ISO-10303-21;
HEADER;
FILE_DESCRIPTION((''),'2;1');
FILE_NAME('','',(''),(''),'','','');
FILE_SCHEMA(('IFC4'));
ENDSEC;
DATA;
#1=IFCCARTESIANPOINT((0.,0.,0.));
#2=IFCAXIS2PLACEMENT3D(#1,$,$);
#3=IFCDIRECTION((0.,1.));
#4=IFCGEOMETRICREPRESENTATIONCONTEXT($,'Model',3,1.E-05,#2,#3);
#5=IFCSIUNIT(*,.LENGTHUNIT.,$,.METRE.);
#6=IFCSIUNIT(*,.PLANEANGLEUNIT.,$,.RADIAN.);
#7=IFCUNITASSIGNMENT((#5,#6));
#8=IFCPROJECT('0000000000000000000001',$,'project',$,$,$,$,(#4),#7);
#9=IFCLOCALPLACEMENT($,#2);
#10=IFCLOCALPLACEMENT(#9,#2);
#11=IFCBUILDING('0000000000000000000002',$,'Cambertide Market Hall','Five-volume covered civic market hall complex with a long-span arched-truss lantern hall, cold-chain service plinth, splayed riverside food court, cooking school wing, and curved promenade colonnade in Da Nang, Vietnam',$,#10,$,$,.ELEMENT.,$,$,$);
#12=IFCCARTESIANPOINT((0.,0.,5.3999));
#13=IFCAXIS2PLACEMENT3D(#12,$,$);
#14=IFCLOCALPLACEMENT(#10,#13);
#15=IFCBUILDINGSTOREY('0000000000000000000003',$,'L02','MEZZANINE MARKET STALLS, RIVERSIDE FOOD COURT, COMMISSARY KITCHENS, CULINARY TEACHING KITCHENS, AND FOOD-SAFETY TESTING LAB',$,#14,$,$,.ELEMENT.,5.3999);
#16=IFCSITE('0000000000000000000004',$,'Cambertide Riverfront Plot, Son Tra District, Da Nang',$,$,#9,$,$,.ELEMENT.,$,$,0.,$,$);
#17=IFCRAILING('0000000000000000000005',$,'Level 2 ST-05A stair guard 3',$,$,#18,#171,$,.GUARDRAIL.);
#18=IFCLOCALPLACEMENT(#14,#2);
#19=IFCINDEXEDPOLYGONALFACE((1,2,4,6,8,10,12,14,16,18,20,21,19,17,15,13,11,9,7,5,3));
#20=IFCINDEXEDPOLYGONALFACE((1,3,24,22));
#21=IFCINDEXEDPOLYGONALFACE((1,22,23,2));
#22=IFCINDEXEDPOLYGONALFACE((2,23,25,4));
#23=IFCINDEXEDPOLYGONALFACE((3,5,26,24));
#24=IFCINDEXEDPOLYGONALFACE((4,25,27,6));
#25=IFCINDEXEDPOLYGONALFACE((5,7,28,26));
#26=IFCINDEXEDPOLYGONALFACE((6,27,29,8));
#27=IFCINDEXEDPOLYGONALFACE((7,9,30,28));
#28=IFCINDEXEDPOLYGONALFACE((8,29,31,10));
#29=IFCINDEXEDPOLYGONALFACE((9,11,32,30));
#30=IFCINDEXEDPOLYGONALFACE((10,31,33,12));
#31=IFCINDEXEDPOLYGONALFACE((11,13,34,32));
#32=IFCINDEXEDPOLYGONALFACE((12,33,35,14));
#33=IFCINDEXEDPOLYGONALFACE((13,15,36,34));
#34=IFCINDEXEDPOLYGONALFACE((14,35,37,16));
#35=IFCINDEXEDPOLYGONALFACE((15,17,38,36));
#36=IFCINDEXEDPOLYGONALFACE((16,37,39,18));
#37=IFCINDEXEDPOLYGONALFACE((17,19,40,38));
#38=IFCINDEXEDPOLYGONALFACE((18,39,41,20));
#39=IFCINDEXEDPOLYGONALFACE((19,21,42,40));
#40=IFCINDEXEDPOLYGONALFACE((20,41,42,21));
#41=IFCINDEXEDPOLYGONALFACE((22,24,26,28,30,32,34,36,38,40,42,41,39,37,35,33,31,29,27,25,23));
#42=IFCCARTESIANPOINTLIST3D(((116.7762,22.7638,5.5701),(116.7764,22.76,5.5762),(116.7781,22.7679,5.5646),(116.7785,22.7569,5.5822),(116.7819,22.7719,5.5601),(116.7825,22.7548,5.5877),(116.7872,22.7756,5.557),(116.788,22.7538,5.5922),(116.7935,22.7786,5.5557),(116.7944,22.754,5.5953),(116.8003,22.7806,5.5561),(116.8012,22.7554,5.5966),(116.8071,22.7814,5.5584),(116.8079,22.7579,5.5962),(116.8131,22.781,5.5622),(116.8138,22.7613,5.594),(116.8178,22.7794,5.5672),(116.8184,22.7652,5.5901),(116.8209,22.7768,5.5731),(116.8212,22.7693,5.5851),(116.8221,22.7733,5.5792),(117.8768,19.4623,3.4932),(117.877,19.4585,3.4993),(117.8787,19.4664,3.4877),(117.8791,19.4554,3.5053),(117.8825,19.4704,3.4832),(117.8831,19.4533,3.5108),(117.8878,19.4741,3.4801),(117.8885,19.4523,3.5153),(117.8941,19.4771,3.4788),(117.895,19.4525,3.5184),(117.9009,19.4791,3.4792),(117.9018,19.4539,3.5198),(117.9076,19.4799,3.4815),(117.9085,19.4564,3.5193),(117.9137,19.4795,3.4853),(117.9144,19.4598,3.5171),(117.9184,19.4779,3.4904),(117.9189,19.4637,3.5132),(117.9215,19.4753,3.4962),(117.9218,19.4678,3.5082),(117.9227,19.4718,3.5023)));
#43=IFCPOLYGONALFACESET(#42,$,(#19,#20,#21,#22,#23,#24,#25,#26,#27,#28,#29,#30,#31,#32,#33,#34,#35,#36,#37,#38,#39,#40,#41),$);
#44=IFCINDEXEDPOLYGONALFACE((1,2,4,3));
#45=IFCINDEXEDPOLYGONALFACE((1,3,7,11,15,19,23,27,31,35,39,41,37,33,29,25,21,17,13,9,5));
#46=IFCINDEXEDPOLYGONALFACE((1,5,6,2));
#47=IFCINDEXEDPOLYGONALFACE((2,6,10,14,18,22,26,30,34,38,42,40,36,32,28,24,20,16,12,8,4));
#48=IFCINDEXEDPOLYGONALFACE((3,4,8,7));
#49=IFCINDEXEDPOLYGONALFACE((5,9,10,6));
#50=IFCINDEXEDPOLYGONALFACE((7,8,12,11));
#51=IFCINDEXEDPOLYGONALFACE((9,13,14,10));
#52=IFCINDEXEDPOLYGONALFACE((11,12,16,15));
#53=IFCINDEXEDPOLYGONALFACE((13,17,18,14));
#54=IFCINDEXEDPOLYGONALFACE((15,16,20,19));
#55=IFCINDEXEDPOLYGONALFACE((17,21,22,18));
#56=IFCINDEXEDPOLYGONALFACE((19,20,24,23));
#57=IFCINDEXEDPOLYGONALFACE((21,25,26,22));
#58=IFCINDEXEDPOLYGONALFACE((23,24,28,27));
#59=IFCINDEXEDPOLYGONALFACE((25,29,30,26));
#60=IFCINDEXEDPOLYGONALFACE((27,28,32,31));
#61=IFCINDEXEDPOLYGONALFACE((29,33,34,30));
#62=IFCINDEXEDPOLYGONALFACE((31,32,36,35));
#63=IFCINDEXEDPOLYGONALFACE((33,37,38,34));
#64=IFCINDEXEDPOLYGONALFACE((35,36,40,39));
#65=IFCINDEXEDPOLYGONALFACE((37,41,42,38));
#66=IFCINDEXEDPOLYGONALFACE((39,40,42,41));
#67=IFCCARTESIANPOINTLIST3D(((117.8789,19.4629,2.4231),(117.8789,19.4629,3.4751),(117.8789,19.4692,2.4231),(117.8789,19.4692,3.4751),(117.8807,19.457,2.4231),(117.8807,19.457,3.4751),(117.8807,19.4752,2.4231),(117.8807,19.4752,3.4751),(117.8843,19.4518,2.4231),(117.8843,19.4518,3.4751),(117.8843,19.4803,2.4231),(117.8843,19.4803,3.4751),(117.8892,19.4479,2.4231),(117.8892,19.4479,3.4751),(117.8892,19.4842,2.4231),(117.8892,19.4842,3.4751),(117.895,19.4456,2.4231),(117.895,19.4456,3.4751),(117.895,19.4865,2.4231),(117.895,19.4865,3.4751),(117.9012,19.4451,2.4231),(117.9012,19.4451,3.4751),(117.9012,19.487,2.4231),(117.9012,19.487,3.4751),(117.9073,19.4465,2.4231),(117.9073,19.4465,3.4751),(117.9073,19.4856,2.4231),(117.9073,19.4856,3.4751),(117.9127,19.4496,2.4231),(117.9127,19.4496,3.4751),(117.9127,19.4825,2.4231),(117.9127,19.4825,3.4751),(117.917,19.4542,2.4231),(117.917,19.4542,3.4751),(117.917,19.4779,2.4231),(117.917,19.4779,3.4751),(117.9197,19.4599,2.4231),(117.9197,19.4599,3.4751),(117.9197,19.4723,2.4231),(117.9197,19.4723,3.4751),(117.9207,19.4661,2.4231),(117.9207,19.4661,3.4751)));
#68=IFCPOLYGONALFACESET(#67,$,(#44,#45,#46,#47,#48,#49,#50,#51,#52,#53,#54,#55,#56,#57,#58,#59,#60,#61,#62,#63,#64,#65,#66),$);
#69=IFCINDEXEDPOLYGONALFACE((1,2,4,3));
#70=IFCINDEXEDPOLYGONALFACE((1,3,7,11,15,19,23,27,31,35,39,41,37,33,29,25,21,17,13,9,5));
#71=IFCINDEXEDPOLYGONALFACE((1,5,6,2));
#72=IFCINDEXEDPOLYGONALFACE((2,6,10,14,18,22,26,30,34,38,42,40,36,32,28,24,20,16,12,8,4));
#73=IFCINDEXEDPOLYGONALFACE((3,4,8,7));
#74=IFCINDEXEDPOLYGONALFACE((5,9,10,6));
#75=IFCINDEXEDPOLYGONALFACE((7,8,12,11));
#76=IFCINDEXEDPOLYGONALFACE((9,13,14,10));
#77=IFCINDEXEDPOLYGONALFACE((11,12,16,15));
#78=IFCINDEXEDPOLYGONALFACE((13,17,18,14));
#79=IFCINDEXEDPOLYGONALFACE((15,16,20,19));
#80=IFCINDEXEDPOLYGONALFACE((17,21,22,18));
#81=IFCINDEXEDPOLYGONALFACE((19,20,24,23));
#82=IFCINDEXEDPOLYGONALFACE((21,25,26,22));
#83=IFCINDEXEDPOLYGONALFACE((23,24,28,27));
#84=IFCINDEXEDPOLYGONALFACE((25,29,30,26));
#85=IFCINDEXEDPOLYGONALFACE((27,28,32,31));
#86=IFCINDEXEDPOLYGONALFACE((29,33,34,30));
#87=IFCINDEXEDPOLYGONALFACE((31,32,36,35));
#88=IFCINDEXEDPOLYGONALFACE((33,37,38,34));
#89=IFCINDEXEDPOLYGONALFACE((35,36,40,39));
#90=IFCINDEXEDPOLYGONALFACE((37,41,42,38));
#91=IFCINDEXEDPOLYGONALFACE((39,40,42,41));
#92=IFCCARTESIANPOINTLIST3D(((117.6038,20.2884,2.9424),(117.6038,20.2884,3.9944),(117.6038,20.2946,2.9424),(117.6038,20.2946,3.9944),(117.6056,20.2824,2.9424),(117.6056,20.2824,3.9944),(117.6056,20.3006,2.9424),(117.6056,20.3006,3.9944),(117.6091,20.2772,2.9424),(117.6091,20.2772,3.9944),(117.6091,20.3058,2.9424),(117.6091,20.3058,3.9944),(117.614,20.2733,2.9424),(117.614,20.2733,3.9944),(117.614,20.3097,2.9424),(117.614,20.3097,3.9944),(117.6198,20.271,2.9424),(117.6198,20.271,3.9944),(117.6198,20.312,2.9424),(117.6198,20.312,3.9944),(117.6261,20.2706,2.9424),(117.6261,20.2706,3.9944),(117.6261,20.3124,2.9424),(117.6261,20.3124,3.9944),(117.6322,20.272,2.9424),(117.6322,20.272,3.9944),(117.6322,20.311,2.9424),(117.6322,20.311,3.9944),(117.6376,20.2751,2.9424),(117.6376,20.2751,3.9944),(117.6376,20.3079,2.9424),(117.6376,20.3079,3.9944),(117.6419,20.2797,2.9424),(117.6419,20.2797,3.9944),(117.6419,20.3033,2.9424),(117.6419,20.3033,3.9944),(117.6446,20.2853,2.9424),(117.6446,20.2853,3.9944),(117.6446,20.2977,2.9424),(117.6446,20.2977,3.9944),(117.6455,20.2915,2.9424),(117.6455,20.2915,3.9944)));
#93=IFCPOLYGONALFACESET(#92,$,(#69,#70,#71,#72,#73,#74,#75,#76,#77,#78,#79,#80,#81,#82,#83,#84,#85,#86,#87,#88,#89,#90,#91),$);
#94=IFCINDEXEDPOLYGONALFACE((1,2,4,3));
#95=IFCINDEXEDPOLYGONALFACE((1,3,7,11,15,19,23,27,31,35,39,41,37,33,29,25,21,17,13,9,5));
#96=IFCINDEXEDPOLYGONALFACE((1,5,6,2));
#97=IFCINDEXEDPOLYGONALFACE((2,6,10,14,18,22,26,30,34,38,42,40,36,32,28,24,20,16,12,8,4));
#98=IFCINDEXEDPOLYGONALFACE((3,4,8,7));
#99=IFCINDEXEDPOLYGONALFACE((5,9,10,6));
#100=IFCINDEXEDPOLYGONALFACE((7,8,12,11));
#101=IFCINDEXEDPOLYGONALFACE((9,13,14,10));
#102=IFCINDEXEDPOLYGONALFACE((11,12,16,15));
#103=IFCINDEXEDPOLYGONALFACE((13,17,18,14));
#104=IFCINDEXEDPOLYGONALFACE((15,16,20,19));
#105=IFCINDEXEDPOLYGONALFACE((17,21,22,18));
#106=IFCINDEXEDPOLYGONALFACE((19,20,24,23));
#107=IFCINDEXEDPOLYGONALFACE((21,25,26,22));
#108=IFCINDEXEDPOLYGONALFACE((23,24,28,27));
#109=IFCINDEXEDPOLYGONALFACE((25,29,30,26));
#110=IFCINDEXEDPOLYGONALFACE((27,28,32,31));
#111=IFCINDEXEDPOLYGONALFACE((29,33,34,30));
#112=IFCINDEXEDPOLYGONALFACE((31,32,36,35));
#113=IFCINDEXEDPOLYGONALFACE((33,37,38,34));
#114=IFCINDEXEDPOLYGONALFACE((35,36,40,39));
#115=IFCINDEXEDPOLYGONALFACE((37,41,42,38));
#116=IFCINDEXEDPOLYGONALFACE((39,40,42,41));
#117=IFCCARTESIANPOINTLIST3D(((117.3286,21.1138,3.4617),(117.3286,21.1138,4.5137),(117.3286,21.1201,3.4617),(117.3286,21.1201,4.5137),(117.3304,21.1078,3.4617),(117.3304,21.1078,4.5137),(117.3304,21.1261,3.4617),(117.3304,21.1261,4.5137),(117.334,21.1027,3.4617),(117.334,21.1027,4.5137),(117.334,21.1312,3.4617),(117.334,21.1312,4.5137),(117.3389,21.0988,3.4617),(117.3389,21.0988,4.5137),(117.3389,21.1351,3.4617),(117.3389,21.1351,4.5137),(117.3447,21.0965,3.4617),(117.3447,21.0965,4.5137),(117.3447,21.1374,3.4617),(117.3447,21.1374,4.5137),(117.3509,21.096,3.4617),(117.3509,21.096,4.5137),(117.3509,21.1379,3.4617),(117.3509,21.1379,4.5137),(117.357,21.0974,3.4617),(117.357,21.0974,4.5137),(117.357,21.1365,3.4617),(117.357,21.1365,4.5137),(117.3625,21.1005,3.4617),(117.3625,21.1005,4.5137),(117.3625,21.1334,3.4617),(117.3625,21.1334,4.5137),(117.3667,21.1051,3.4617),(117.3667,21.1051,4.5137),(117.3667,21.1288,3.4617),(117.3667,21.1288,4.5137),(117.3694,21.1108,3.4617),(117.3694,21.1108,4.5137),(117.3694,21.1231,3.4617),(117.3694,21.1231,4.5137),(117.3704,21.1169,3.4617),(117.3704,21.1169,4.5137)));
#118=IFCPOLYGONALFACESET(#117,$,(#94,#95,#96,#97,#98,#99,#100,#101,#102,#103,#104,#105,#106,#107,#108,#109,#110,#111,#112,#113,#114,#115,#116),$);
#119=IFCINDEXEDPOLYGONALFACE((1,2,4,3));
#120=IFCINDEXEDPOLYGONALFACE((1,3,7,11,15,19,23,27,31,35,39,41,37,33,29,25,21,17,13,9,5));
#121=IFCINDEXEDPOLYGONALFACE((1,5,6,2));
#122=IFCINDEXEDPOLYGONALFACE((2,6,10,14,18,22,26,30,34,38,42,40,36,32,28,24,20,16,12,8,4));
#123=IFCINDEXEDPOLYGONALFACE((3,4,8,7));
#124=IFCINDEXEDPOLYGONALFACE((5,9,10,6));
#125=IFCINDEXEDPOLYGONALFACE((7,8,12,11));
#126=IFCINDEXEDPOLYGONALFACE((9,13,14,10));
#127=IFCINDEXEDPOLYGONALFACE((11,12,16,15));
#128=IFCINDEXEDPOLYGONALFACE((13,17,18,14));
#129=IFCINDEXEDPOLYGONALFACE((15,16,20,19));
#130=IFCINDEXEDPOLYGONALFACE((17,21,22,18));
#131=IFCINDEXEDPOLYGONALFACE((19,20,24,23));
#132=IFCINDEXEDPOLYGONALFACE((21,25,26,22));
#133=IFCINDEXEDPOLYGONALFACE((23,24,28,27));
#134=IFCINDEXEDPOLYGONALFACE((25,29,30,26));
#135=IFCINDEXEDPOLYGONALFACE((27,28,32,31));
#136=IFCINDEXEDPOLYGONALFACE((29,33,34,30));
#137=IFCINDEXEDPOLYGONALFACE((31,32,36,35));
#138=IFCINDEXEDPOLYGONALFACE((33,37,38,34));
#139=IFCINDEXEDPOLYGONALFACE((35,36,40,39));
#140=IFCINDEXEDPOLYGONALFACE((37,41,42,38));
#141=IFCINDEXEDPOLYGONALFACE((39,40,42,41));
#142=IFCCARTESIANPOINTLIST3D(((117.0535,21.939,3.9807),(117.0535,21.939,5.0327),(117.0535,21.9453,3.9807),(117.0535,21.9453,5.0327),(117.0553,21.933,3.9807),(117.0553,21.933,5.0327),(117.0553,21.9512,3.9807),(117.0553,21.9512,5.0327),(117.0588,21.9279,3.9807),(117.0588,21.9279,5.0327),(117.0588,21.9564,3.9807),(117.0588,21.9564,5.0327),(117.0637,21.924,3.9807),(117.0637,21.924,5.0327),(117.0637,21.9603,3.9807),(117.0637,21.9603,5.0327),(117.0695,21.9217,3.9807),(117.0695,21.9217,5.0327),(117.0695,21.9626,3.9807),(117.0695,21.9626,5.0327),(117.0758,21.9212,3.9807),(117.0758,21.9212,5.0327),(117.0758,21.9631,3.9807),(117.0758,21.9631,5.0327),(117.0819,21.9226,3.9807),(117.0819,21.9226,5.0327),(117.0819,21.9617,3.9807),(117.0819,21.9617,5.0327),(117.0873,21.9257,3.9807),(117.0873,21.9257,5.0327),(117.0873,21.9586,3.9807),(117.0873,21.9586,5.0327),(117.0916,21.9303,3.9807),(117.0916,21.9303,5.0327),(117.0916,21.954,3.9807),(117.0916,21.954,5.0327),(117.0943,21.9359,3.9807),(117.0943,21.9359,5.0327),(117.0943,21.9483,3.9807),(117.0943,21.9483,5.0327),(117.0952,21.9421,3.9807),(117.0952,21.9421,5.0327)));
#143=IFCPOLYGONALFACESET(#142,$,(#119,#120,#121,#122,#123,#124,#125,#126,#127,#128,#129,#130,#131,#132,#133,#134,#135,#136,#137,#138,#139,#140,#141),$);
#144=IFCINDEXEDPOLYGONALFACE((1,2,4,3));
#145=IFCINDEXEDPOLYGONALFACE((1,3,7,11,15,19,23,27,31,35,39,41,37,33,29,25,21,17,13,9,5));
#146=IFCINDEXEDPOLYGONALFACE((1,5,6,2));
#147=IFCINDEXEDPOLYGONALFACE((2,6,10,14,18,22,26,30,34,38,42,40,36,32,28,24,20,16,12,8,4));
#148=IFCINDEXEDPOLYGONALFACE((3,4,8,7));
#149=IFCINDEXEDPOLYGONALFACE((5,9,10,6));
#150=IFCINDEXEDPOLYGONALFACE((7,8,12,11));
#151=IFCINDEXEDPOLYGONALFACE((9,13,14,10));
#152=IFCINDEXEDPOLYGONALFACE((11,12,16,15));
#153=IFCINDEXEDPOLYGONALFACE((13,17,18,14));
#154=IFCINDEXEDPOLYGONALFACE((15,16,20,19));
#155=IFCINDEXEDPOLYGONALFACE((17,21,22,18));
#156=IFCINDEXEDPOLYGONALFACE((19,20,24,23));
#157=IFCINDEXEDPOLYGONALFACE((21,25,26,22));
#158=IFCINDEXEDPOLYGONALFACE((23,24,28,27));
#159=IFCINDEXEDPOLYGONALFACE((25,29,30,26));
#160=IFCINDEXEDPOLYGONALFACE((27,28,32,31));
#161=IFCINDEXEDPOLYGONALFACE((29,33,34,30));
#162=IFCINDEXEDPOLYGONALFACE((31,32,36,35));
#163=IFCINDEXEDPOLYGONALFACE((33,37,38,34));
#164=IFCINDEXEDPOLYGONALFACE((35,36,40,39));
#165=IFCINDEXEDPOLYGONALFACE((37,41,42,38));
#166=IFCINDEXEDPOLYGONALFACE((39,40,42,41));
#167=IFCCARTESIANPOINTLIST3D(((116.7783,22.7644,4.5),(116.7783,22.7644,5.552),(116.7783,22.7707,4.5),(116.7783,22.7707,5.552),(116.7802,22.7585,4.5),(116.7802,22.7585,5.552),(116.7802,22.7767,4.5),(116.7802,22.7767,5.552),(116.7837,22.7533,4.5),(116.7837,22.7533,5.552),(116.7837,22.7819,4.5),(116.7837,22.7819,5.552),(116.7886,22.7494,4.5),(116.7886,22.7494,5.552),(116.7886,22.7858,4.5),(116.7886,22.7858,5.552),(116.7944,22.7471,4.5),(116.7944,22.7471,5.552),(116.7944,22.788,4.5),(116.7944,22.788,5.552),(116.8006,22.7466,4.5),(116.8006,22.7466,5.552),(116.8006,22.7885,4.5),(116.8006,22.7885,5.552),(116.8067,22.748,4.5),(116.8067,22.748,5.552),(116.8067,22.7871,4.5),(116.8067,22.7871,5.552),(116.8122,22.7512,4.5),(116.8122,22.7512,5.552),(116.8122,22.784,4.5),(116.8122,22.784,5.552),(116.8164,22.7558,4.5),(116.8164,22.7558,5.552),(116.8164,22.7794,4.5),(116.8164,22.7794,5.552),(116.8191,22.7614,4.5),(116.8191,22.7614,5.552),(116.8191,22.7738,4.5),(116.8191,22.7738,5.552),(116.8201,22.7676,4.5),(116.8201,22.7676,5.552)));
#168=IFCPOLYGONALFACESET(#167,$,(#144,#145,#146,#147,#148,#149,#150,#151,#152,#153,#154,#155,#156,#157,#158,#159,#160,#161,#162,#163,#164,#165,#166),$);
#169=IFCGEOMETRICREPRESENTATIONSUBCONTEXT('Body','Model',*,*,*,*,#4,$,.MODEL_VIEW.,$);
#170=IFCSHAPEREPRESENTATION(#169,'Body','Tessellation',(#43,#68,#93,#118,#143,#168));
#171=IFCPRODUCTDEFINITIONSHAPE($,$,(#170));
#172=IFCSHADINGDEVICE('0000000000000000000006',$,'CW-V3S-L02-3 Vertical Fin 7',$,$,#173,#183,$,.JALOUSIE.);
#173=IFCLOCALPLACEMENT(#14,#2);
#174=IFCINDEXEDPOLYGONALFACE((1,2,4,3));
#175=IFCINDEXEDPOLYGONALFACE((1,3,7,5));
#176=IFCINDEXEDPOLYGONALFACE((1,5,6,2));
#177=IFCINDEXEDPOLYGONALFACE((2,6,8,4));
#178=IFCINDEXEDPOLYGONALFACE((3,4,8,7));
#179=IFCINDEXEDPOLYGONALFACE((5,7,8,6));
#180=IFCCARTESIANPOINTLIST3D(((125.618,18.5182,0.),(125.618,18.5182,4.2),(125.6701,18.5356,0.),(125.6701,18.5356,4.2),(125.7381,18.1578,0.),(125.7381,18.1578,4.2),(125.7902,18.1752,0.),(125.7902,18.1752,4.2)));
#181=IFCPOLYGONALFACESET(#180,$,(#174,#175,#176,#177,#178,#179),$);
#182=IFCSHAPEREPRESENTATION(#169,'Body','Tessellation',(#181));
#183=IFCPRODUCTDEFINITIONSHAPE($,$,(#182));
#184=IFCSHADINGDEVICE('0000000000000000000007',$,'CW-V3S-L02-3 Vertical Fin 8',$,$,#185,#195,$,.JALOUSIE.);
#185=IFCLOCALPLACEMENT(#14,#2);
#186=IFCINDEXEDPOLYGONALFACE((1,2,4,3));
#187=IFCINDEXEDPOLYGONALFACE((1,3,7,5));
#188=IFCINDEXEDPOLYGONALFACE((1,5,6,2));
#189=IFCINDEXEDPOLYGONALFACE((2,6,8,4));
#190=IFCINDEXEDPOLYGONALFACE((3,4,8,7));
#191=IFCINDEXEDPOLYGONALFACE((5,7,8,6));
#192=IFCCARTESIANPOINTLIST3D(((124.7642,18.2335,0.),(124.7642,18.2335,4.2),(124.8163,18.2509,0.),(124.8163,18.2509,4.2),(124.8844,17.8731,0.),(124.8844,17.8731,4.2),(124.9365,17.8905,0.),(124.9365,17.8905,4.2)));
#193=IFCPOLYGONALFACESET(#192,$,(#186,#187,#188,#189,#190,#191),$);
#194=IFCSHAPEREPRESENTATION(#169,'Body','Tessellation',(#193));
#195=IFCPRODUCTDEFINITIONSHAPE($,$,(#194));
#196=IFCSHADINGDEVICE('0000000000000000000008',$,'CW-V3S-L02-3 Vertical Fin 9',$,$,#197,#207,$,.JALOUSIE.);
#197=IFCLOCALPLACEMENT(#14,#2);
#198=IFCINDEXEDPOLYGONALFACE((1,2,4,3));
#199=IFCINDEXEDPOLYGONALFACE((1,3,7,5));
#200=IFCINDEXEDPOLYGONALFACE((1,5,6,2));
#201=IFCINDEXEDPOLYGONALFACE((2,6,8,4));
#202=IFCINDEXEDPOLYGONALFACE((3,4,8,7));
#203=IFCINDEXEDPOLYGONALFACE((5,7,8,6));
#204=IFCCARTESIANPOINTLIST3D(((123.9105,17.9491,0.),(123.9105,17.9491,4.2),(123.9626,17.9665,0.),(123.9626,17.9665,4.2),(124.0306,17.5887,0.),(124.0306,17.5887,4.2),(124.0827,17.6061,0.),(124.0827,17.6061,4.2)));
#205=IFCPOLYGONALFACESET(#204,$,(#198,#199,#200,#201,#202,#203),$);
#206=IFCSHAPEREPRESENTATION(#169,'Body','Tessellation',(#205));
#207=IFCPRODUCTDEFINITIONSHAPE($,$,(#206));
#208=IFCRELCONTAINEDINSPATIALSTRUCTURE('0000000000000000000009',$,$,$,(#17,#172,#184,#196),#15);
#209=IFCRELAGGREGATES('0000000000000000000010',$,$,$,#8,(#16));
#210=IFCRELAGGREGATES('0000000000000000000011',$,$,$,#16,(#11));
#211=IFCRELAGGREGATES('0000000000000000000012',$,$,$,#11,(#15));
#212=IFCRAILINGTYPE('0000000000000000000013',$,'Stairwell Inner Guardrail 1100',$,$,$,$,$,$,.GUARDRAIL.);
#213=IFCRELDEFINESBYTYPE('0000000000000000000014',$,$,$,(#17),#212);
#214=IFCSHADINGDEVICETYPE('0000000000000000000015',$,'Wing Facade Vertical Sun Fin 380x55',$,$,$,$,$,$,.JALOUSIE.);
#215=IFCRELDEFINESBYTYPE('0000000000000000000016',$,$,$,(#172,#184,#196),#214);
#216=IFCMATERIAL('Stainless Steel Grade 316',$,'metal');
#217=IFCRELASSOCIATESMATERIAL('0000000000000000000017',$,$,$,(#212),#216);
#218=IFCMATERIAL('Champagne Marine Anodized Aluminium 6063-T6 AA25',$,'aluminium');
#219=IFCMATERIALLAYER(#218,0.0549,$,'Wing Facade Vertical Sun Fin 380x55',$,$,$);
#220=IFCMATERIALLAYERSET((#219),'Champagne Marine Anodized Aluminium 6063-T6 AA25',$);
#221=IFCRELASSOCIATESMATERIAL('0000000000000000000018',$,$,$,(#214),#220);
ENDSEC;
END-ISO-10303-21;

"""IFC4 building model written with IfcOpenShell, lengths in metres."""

from ifc_helpers import new_model, si_unit, direction, frame, origin, origin_2d, place, context, subcontext, project, spatial, rectangle, circle, extrude, material, layer, layer_set, type_object, element, save


model = new_model("IFC4")

# Units and contexts
model_context = context("Model", 3, precision=1e-05, world=origin(), true_north=direction((0.0, 1.0)))
body_context = subcontext(model_context, "Body", "Model", "MODEL_VIEW")
ifc_project = project(units=[si_unit("LENGTHUNIT", "METRE"), si_unit("PLANEANGLEUNIT", "RADIAN")], contexts=[model_context])

# Site, building, storey
site_placement = place(None, origin())
site = spatial("IfcSite", under=ifc_project, at=site_placement, Name="Cambertide Riverfront Plot, Son Tra District, Da Nang", CompositionType="ELEMENT", RefElevation=0.0)
building_placement = place(site_placement, origin())
building = spatial("IfcBuilding", under=site, at=building_placement, Name="Cambertide Market Hall", Description="Five-volume covered civic market hall complex with a long-span arched-truss lantern hall, cold-chain service plinth, splayed riverside food court, cooking school wing, and curved promenade colonnade in Da Nang, Vietnam", CompositionType="ELEMENT")
storey_placement = place(building_placement, frame((0.0, 0.0, 5.3999)))
storey = spatial("IfcBuildingStorey", under=building, at=storey_placement, Name="L02", Description="MEZZANINE MARKET STALLS, RIVERSIDE FOOD COURT, COMMISSARY KITCHENS, CULINARY TEACHING KITCHENS, AND FOOD-SAFETY TESTING LAB", CompositionType="ELEMENT", Elevation=5.3999)

# Railing
ifc_material_1 = material(Name="Stainless Steel Grade 316", Category="metal")
railing_type_1 = type_object("IfcRailingType", Name="Stairwell Inner Guardrail 1100", PredefinedType="GUARDRAIL", material=ifc_material_1)
railing_1_placement = place(storey_placement, frame((117.8997, 19.4661, 2.4231)))
element("IfcRailing", 1, at=railing_1_placement, inside=storey, type_object=railing_type_1, Name="Level 2 ST-05A stair guard 3", PredefinedType="GUARDRAIL", context=body_context, shape_type="SweptSolid", body=[
    extrude(circle(Radius=0.0239, at=origin_2d()), frame((0.0, 0.0, 1.0762), z_axis=(-0.271565, 0.814635, 0.512467), x_axis=(-0.948676, -0.316249, 0.0)), (0.0, 0.0, 1.0), 4.0527),
    extrude(circle(Radius=0.021, at=origin_2d()), origin(), (0.0, 0.0, 1.0), 1.052),
    extrude(circle(Radius=0.021, at=origin_2d()), frame((-0.2751, 0.8254, 0.5193)), (0.0, 0.0, 1.0), 1.052),
    extrude(circle(Radius=0.021, at=origin_2d()), frame((-0.5503, 1.6509, 1.0386)), (0.0, 0.0, 1.0), 1.052),
    extrude(circle(Radius=0.021, at=origin_2d()), frame((-0.8254, 2.4761, 1.5576)), (0.0, 0.0, 1.0), 1.052),
    extrude(circle(Radius=0.021, at=origin_2d()), frame((-1.1006, 3.3015, 2.0769)), (0.0, 0.0, 1.0), 1.052),
])

# Shading devices
ifc_material_2 = material(Name="Champagne Marine Anodized Aluminium 6063-T6 AA25", Category="aluminium")
ifc_layer_1 = layer(ifc_material_2, 0.0549, Name="Wing Facade Vertical Sun Fin 380x55")
ifc_layer_set_1 = layer_set([ifc_layer_1], Name="Champagne Marine Anodized Aluminium 6063-T6 AA25")
shading_device_type = type_object("IfcShadingDeviceType", Name="Wing Facade Vertical Sun Fin 380x55", PredefinedType="JALOUSIE", material=ifc_layer_set_1)
for number, where, z_axis, x_axis, name in (
    (2, (125.7041, 18.3467, 0.0), (0.0, 0.0, 1.0), (-0.948683, -0.316228, 0.0), "CW-V3S-L02-3 Vertical Fin 7"),
    (3, (124.8503, 18.062, 0.0), (0.0, 0.0, 1.0), (-0.948683, -0.316228, 0.0), "CW-V3S-L02-3 Vertical Fin 8"),
    (4, (123.9966, 17.7776, 0.0), (0.0, 0.0, 1.0), (-0.948683, -0.316228, 0.0), "CW-V3S-L02-3 Vertical Fin 9"),
):
    element("IfcShadingDevice", number, at=place(storey_placement, frame(where, z_axis=z_axis, x_axis=x_axis)), inside=storey, type_object=shading_device_type, Name=name, PredefinedType="JALOUSIE", context=body_context, shape_type="SweptSolid", body=[
        extrude(rectangle(XDim=0.0549, YDim=0.3799, at=origin_2d()), origin(), (0.0, 0.0, 1.0), 4.2),
    ])

save(model, "model.ifc")
